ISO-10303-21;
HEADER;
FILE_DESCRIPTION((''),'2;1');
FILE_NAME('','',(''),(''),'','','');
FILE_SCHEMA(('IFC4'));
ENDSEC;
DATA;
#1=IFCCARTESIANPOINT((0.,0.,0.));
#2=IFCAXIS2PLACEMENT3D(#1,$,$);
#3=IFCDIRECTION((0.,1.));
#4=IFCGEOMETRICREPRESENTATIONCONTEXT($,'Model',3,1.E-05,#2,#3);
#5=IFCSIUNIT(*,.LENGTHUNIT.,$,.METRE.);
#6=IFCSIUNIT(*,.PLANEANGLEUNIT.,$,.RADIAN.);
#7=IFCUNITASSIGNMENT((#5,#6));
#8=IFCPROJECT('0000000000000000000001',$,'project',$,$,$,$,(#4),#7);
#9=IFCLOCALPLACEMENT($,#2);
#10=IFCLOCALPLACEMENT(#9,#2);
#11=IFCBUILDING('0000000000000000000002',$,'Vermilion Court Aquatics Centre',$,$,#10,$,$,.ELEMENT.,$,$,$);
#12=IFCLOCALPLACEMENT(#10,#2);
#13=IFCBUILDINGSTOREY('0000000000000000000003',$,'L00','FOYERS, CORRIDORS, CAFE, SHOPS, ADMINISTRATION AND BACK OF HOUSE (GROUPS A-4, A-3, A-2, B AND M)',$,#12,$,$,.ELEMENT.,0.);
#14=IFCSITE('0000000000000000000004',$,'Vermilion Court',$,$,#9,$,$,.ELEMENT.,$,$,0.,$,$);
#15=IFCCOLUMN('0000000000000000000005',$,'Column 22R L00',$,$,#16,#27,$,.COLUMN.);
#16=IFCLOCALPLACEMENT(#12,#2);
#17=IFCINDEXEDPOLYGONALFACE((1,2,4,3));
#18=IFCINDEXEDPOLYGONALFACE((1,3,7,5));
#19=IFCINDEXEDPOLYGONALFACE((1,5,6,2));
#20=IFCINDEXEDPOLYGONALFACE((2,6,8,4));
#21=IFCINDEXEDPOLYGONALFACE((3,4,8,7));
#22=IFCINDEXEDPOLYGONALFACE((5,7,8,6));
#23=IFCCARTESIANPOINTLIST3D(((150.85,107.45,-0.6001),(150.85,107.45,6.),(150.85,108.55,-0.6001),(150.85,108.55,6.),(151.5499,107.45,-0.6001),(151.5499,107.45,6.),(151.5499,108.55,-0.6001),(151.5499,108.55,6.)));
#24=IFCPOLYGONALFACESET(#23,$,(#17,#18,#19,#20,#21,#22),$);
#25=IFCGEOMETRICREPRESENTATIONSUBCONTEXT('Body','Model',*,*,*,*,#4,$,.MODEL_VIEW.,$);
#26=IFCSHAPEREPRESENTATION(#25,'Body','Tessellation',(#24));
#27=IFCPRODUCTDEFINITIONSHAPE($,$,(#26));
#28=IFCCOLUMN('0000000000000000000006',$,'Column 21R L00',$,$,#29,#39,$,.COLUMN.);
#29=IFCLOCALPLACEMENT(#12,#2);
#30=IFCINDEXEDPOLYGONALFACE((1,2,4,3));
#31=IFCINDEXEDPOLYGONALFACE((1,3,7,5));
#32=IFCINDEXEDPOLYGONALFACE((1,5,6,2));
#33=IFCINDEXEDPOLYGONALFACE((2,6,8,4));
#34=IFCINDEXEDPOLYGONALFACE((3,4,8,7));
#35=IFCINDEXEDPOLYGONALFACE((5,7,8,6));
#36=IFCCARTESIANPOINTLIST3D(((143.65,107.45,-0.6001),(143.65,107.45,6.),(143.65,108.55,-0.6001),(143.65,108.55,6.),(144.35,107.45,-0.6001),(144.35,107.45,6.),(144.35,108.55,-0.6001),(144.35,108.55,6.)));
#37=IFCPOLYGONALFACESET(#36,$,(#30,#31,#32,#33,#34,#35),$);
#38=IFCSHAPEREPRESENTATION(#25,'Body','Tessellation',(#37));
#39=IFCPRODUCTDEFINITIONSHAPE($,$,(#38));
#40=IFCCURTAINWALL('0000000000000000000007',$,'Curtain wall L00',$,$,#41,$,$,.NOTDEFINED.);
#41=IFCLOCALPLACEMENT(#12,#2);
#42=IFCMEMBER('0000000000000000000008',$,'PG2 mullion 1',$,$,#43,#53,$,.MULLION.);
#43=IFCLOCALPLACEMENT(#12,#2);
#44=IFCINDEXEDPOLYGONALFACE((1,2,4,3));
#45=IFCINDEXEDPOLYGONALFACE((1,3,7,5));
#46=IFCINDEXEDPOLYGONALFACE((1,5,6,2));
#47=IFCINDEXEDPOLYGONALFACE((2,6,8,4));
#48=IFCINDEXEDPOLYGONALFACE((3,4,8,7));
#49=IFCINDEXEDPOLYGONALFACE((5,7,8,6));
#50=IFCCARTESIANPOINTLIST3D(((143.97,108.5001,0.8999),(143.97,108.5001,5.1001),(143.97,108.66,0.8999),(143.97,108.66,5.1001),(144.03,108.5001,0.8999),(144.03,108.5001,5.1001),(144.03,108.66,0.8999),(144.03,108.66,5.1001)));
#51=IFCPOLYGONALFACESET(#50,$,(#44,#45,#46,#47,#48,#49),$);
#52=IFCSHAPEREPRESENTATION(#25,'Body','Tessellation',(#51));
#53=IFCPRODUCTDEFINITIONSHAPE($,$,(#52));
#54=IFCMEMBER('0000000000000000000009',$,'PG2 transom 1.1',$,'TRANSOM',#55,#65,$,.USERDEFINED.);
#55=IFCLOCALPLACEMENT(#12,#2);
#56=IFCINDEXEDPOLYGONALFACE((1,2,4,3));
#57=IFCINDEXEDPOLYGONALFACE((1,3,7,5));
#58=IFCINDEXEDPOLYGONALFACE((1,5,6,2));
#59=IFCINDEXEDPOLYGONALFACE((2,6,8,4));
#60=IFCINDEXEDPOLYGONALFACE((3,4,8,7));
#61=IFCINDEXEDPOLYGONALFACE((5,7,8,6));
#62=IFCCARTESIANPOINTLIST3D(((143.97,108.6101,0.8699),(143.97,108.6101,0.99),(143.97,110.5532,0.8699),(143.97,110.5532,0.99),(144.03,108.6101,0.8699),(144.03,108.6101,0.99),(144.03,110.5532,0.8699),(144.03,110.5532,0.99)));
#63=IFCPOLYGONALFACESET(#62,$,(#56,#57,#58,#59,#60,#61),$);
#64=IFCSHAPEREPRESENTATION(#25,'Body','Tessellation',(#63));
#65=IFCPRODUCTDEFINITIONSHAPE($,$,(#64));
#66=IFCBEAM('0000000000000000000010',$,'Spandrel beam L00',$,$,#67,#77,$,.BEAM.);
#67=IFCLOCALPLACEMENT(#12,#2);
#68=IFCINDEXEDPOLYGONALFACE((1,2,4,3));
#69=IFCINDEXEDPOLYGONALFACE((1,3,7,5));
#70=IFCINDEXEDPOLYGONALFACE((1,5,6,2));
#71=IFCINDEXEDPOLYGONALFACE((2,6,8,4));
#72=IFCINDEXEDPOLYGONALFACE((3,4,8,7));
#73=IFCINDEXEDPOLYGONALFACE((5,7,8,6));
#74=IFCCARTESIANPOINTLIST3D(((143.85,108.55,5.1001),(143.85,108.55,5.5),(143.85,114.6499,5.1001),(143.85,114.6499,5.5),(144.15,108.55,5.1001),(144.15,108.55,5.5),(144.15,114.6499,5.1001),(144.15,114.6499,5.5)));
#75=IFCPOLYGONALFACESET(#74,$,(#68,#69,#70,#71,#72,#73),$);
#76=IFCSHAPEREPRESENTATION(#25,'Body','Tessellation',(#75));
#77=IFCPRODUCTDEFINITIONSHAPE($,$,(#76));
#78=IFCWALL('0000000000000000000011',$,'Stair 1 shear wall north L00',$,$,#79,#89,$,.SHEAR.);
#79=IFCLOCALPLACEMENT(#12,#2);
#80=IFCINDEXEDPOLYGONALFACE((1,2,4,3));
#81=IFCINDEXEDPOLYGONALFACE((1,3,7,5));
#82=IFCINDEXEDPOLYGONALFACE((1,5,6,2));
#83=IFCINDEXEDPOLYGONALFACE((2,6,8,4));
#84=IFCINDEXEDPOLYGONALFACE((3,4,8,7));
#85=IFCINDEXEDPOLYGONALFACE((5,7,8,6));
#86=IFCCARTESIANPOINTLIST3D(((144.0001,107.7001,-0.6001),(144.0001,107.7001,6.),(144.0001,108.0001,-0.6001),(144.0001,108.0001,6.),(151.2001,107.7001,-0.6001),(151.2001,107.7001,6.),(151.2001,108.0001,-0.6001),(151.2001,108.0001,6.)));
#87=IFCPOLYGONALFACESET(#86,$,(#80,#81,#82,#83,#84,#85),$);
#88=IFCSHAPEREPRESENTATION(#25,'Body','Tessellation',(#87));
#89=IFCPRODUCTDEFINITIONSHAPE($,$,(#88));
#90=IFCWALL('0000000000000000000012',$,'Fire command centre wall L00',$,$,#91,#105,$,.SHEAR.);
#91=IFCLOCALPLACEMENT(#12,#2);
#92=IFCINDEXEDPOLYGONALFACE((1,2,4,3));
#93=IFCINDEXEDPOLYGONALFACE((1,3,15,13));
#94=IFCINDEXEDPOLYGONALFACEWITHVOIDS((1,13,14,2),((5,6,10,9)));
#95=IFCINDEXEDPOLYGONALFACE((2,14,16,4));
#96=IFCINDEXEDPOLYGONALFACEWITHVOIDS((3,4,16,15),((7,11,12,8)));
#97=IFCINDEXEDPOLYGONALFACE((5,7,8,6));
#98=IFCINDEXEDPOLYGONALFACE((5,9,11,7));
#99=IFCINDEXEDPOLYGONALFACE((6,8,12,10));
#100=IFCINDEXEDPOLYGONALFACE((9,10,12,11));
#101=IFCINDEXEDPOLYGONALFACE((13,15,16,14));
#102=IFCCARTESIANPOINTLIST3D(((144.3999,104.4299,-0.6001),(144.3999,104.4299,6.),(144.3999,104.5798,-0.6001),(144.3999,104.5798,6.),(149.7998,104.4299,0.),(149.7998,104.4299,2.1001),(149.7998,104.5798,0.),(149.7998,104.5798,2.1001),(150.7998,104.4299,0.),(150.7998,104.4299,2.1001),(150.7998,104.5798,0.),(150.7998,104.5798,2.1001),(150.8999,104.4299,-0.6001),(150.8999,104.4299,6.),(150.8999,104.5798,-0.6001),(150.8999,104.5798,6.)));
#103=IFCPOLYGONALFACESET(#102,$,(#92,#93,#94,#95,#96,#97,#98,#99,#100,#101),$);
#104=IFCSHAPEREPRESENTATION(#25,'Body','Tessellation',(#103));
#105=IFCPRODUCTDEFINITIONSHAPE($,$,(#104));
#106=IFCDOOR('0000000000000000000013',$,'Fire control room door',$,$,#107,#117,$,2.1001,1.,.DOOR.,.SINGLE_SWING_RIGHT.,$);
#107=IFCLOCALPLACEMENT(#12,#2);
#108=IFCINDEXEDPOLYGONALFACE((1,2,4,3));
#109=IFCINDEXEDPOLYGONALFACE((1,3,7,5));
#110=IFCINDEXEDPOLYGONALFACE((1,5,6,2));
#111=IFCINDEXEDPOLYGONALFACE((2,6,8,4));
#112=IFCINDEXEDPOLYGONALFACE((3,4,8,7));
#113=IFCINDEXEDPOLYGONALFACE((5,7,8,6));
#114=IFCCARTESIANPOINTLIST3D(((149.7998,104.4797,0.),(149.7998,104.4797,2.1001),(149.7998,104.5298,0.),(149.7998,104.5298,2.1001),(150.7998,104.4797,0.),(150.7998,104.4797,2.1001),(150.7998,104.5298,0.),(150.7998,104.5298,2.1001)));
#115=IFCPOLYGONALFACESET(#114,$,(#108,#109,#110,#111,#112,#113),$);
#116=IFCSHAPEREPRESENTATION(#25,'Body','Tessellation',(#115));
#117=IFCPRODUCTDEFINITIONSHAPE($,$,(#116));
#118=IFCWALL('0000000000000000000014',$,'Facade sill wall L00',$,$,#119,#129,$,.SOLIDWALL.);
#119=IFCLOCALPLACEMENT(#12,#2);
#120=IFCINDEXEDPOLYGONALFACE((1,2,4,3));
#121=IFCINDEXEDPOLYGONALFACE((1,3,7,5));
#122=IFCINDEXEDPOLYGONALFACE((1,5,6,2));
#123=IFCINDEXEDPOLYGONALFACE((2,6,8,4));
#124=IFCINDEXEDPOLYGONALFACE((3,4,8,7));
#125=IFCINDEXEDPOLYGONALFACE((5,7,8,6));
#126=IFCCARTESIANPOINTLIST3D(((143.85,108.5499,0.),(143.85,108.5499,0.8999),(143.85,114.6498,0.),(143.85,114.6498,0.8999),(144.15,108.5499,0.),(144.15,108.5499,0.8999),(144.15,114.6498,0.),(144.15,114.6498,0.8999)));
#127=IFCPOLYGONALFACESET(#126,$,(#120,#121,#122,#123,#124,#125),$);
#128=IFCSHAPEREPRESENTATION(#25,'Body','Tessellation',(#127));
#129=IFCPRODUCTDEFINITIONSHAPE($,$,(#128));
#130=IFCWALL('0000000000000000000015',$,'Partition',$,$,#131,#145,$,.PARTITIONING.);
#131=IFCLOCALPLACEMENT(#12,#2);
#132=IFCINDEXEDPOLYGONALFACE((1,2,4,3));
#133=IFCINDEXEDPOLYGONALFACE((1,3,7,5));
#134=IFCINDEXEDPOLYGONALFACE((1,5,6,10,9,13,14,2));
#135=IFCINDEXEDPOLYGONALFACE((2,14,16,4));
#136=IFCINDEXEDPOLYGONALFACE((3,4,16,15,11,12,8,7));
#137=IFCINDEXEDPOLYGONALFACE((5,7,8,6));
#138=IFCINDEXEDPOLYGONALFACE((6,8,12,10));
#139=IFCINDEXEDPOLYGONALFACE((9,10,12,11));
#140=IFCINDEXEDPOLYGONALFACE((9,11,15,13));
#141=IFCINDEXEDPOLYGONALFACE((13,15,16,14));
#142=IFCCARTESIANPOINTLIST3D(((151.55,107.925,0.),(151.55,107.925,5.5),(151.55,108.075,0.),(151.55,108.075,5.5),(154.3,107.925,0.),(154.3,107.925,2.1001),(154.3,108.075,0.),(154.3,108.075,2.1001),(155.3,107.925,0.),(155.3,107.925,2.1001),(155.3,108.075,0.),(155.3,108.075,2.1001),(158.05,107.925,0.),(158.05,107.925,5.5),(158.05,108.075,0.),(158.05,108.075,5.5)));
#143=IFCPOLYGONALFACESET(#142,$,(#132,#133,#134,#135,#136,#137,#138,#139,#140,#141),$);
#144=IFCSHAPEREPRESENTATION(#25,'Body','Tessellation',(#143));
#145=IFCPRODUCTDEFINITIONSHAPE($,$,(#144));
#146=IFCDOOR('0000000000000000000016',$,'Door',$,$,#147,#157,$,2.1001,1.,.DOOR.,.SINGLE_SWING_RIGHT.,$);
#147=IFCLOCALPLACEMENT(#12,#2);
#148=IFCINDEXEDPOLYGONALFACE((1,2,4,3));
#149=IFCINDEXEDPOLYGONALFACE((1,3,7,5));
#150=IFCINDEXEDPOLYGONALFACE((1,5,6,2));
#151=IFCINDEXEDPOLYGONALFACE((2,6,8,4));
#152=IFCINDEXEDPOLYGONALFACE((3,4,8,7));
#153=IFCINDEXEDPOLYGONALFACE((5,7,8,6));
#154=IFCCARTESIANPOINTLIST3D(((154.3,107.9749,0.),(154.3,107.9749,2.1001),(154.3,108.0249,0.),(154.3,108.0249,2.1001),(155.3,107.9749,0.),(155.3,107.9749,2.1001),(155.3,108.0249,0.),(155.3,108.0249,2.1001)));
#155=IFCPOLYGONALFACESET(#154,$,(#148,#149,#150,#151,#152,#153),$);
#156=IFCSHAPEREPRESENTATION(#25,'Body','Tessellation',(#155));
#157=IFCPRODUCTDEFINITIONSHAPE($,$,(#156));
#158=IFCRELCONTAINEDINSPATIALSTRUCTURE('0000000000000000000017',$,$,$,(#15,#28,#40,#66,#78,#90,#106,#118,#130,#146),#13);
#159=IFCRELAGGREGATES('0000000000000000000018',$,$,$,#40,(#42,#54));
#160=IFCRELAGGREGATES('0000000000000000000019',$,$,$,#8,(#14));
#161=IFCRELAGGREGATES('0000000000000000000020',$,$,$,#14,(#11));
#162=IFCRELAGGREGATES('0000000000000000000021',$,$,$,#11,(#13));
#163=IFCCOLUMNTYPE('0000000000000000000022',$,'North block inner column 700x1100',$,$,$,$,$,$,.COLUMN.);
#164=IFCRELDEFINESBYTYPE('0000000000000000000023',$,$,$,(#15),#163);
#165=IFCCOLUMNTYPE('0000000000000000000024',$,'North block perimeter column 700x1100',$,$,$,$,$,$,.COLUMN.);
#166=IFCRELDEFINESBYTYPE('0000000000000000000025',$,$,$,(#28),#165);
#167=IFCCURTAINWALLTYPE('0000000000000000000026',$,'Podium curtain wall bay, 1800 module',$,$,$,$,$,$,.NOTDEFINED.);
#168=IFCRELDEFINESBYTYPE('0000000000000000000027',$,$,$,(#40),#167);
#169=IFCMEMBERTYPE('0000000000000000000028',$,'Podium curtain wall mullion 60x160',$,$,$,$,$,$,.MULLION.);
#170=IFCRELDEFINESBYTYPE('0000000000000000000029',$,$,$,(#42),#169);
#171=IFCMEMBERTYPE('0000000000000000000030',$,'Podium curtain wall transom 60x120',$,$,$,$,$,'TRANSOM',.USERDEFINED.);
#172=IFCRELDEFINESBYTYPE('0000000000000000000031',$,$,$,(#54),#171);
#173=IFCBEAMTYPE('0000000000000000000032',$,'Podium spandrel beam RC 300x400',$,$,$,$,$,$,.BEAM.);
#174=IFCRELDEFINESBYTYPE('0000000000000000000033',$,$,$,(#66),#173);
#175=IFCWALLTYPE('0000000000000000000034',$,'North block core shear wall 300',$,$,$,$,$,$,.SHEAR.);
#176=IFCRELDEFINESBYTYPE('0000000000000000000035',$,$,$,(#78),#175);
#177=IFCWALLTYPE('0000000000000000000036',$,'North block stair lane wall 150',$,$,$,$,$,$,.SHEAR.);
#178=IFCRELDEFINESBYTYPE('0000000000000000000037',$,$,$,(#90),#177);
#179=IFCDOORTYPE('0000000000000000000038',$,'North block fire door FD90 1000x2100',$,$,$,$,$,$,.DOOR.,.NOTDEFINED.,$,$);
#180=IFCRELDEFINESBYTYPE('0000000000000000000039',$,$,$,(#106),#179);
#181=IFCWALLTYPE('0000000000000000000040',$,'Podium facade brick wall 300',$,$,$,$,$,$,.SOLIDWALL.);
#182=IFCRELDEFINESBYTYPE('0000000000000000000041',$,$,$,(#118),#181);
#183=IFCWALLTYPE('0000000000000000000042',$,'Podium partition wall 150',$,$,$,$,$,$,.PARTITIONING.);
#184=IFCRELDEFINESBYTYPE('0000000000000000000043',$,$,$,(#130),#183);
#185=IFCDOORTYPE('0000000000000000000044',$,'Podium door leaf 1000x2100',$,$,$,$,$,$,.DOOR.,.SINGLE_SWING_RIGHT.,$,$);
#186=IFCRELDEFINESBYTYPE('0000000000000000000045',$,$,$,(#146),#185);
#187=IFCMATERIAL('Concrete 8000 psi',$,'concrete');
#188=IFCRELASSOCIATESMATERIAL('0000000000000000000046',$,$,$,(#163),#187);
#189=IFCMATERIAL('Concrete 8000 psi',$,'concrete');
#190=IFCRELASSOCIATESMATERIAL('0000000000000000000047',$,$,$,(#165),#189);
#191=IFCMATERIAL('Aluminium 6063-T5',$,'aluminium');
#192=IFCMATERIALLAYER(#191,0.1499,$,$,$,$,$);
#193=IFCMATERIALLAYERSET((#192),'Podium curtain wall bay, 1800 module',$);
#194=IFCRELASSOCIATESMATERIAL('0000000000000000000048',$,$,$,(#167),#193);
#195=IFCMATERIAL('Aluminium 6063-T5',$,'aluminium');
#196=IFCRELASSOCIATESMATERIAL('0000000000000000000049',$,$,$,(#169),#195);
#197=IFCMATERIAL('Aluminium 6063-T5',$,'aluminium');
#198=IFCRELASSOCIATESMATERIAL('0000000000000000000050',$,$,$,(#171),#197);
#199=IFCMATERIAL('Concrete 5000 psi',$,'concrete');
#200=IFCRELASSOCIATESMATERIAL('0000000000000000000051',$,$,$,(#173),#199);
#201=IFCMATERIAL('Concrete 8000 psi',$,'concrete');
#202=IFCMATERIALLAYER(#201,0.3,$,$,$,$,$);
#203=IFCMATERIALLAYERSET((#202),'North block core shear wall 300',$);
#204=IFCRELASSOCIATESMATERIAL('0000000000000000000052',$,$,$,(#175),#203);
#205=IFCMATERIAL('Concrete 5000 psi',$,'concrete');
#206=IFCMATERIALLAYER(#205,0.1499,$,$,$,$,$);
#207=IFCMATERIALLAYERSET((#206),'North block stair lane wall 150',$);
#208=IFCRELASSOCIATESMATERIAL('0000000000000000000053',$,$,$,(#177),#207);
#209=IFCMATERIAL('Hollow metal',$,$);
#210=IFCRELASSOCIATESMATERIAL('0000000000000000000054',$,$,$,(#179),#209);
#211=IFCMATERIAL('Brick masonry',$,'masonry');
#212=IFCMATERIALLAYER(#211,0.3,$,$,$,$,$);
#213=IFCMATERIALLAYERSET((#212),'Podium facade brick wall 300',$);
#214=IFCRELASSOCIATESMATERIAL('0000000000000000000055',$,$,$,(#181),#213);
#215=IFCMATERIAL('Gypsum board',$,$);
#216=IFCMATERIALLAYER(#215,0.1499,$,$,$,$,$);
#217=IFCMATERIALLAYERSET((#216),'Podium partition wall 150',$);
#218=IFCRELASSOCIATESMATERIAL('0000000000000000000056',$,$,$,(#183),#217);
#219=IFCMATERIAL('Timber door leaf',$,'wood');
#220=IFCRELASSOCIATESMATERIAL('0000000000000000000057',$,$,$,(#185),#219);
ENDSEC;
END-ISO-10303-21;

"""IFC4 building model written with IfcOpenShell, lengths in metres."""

from ifc_helpers import new_model, si_unit, direction, frame, frame_2d, origin, origin_2d, place, context, subcontext, project, spatial, rectangle, extrude, material, layer, layer_set, material_profile, profile_set, type_object, element, fill, aggregate, save


model = new_model("IFC4")

# Units and contexts
model_context = context("Model", 3, precision=1e-05, world=origin(), true_north=direction((0.0, 1.0)))
body_context = subcontext(model_context, "Body", "Model", "MODEL_VIEW")
ifc_project = project(units=[si_unit("LENGTHUNIT", "METRE"), si_unit("PLANEANGLEUNIT", "RADIAN")], contexts=[model_context])

# Site, building, storey
site_placement = place(None, origin())
site = spatial("IfcSite", under=ifc_project, at=site_placement, Name="Vermilion Court", CompositionType="ELEMENT", RefElevation=0.0)
building_placement = place(site_placement, origin())
building = spatial("IfcBuilding", under=site, at=building_placement, Name="Vermilion Court Aquatics Centre", CompositionType="ELEMENT")
storey_placement = place(building_placement, origin())
storey = spatial("IfcBuildingStorey", under=building, at=storey_placement, Name="L00", Description="FOYERS, CORRIDORS, CAFE, SHOPS, ADMINISTRATION AND BACK OF HOUSE (GROUPS A-4, A-3, A-2, B AND M)", CompositionType="ELEMENT", Elevation=0.0)

# Columns
ifc_material_1 = material(Name="Concrete 8000 psi", Category="concrete")
ifc_material_profile_1 = material_profile(ifc_material_1, rectangle(XDim=0.7, YDim=1.1001, at=origin_2d()), Name="RC 700x1100")
ifc_profile_set_1 = profile_set([ifc_material_profile_1], Name="Concrete 8000 psi")
column_type_1 = type_object("IfcColumnType", Name="North block inner column 700x1100", PredefinedType="COLUMN", material=ifc_profile_set_1)
column_1_placement = place(storey_placement, frame((151.2, 108.0, -0.6001), z_axis=(0.0, 0.0, 1.0), x_axis=(1.0, 0.0, 0.0)))
element("IfcColumn", 1, at=column_1_placement, inside=storey, type_object=column_type_1, Name="Column 22R L00", PredefinedType="COLUMN", context=body_context, shape_type="SweptSolid", body=[
    extrude(rectangle(XDim=0.7, YDim=1.1001, at=origin_2d()), origin(), (0.0, 0.0, 1.0), 6.6001),
])
ifc_material_2 = material(Name="Concrete 8000 psi", Category="concrete")
ifc_material_profile_2 = material_profile(ifc_material_2, rectangle(XDim=0.7, YDim=1.1001, at=origin_2d()), Name="RC 700x1100")
ifc_profile_set_2 = profile_set([ifc_material_profile_2], Name="Concrete 8000 psi")
column_type_2 = type_object("IfcColumnType", Name="North block perimeter column 700x1100", PredefinedType="COLUMN", material=ifc_profile_set_2)
column_2_placement = place(storey_placement, frame((144.0, 108.0, -0.6001), z_axis=(0.0, 0.0, 1.0), x_axis=(1.0, 0.0, 0.0)))
element("IfcColumn", 2, at=column_2_placement, inside=storey, type_object=column_type_2, Name="Column 21R L00", PredefinedType="COLUMN", context=body_context, shape_type="SweptSolid", body=[
    extrude(rectangle(XDim=0.7, YDim=1.1001, at=origin_2d()), origin(), (0.0, 0.0, 1.0), 6.6001),
])

# Curtain wall, members
ifc_material_3 = material(Name="Aluminium 6063-T5", Category="aluminium")
ifc_layer_1 = layer(ifc_material_3, 0.1499)
ifc_layer_set_1 = layer_set([ifc_layer_1], Name="Podium curtain wall bay, 1800 module")
curtain_wall_type = type_object("IfcCurtainWallType", Name="Podium curtain wall bay, 1800 module", PredefinedType="NOTDEFINED", material=ifc_layer_set_1)
curtain_wall_placement = place(storey_placement, origin())
curtain_wall = element("IfcCurtainWall", 3, at=curtain_wall_placement, inside=storey, type_object=curtain_wall_type, Name="Curtain wall L00", PredefinedType="NOTDEFINED")
ifc_material_4 = material(Name="Aluminium 6063-T5", Category="aluminium")
ifc_material_profile_3 = material_profile(ifc_material_4, rectangle(XDim=0.0601, YDim=0.1599, at=origin_2d()), Name="Mullion 60x160")
ifc_profile_set_3 = profile_set([ifc_material_profile_3], Name="Aluminium 6063-T5")
member_type_1 = type_object("IfcMemberType", Name="Podium curtain wall mullion 60x160", PredefinedType="MULLION", material=ifc_profile_set_3)
member_1_placement = place(storey_placement, frame((144.0, 108.5801, 0.8999), z_axis=(0.0, 0.0, 1.0), x_axis=(-1.0, 0.0, 0.0)))
member_1 = element("IfcMember", 4, at=member_1_placement, type_object=member_type_1, Name="PG2 mullion 1", PredefinedType="MULLION", context=body_context, shape_type="SweptSolid", body=[
    extrude(rectangle(XDim=0.0601, YDim=0.1599, at=origin_2d()), origin(), (0.0, 0.0, 1.0), 4.2002),
])
ifc_material_5 = material(Name="Aluminium 6063-T5", Category="aluminium")
ifc_material_profile_4 = material_profile(ifc_material_5, rectangle(XDim=0.0601, YDim=0.1201, at=origin_2d()), Name="Transom 60x120")
ifc_profile_set_4 = profile_set([ifc_material_profile_4], Name="Aluminium 6063-T5")
member_type_2 = type_object("IfcMemberType", Name="Podium curtain wall transom 60x120", ElementType="TRANSOM", PredefinedType="USERDEFINED", material=ifc_profile_set_4)
member_2_placement = place(storey_placement, frame((144.0, 108.6101, 0.9299), z_axis=(0.0, 1.0, 0.0), x_axis=(-1.0, 0.0, 0.0)))
member_2 = element("IfcMember", 5, at=member_2_placement, type_object=member_type_2, Name="PG2 transom 1.1", ObjectType="TRANSOM", PredefinedType="USERDEFINED", context=body_context, shape_type="SweptSolid", body=[
    extrude(rectangle(XDim=0.0601, YDim=0.1201, at=origin_2d()), origin(), (0.0, 0.0, 1.0), 1.9431),
])
aggregate(curtain_wall, [member_1, member_2])

# Beam
ifc_material_6 = material(Name="Concrete 5000 psi", Category="concrete")
ifc_material_profile_5 = material_profile(ifc_material_6, rectangle(XDim=0.3, YDim=0.3999, at=origin_2d()), Name="RC 300x400")
ifc_profile_set_5 = profile_set([ifc_material_profile_5], Name="Concrete 5000 psi")
beam_type = type_object("IfcBeamType", Name="Podium spandrel beam RC 300x400", PredefinedType="BEAM", material=ifc_profile_set_5)
beam_placement = place(storey_placement, frame((144.0, 108.55, 5.3), z_axis=(0.0, 1.0, 0.0), x_axis=(-1.0, 0.0, 0.0)))
element("IfcBeam", 6, at=beam_placement, inside=storey, type_object=beam_type, Name="Spandrel beam L00", PredefinedType="BEAM", context=body_context, shape_type="SweptSolid", body=[
    extrude(rectangle(XDim=0.3, YDim=0.3999, at=origin_2d()), origin(), (0.0, 0.0, 1.0), 6.0999),
])

# Wall
ifc_material_7 = material(Name="Concrete 8000 psi", Category="concrete")
ifc_layer_2 = layer(ifc_material_7, 0.3)
ifc_layer_set_2 = layer_set([ifc_layer_2], Name="North block core shear wall 300")
wall_type_1 = type_object("IfcWallType", Name="North block core shear wall 300", PredefinedType="SHEAR", material=ifc_layer_set_2)
wall_1_placement = place(storey_placement, frame((144.0, 107.8501, -0.6001), z_axis=(0.0, 0.0, 1.0), x_axis=(1.0, 0.0, 0.0)))
element("IfcWall", 7, at=wall_1_placement, inside=storey, type_object=wall_type_1, Name="Stair 1 shear wall north L00", PredefinedType="SHEAR", context=body_context, shape_type="SweptSolid", body=[
    extrude(rectangle(XDim=7.2, YDim=0.3, at=frame_2d((3.6001, 0.0))), origin(), (0.0, 0.0, 1.0), 6.6001),
])

# Wall, opening, door
ifc_material_8 = material(Name="Concrete 5000 psi", Category="concrete")
ifc_layer_3 = layer(ifc_material_8, 0.1499)
ifc_layer_set_3 = layer_set([ifc_layer_3], Name="North block stair lane wall 150")
wall_type_2 = type_object("IfcWallType", Name="North block stair lane wall 150", PredefinedType="SHEAR", material=ifc_layer_set_3)
wall_2_placement = place(storey_placement, frame((144.3999, 104.5049, -0.6001), z_axis=(0.0, 0.0, 1.0), x_axis=(1.0, 0.0, 0.0)))
wall_2 = element("IfcWall", 8, at=wall_2_placement, inside=storey, type_object=wall_type_2, Name="Fire command centre wall L00", PredefinedType="SHEAR", context=body_context, shape_type="SweptSolid", body=[
    extrude(rectangle(XDim=6.5, YDim=0.1499, at=frame_2d((3.25, 0.0))), origin(), (0.0, 0.0, 1.0), 6.6001),
])
opening_1_placement = place(wall_2_placement, frame((5.3999, 0.0, 0.6001)))
opening_1 = element("IfcOpeningElement", 9, at=opening_1_placement, cuts=wall_2, PredefinedType="OPENING", context=body_context, shape_type="SweptSolid", body=[
    extrude(rectangle(XDim=1.0, YDim=2.1001, at=frame_2d((0.5, 1.05))), frame((0.0, 0.085, 0.0), z_axis=(0.0, -1.0, 0.0), x_axis=(1.0, 0.0, 0.0)), (0.0, 0.0, 1.0), 0.1699),
])
ifc_material_9 = material(Name="Hollow metal")
door_type_1 = type_object("IfcDoorType", Name="North block fire door FD90 1000x2100", OperationType="NOTDEFINED", PredefinedType="DOOR", material=ifc_material_9)
door_1_placement = place(opening_1_placement, origin())
door_1 = element("IfcDoor", 10, at=door_1_placement, inside=storey, type_object=door_type_1, Name="Fire control room door", OperationType="SINGLE_SWING_RIGHT", OverallHeight=2.1001, OverallWidth=1.0, PredefinedType="DOOR", context=body_context, shape_type="SweptSolid", body=[
    extrude(rectangle(XDim=1.0, YDim=2.1001, at=frame_2d((0.5, 1.05))), frame((0.0, 0.0249, 0.0), z_axis=(0.0, -1.0, 0.0), x_axis=(1.0, 0.0, 0.0)), (0.0, 0.0, 1.0), 0.05),
])
fill(opening_1, door_1)

# Wall
ifc_material_10 = material(Name="Brick masonry", Category="masonry")
ifc_layer_4 = layer(ifc_material_10, 0.3)
ifc_layer_set_4 = layer_set([ifc_layer_4], Name="Podium facade brick wall 300")
wall_type_3 = type_object("IfcWallType", Name="Podium facade brick wall 300", PredefinedType="SOLIDWALL", material=ifc_layer_set_4)
wall_3_placement = place(storey_placement, frame((144.0, 108.55, 0.0), z_axis=(0.0, 0.0, 1.0), x_axis=(0.0, 1.0, 0.0)))
element("IfcWall", 11, at=wall_3_placement, inside=storey, type_object=wall_type_3, Name="Facade sill wall L00", PredefinedType="SOLIDWALL", context=body_context, shape_type="SweptSolid", body=[
    extrude(rectangle(XDim=6.0999, YDim=0.3, at=frame_2d((3.0498, 0.0))), origin(), (0.0, 0.0, 1.0), 0.8999),
])

# Wall, opening, door
ifc_material_11 = material(Name="Gypsum board")
ifc_layer_5 = layer(ifc_material_11, 0.1499)
ifc_layer_set_5 = layer_set([ifc_layer_5], Name="Podium partition wall 150")
wall_type_4 = type_object("IfcWallType", Name="Podium partition wall 150", PredefinedType="PARTITIONING", material=ifc_layer_set_5)
wall_4_placement = place(storey_placement, frame((151.55, 108.0, 0.0), z_axis=(0.0, 0.0, 1.0), x_axis=(1.0, 0.0, 0.0)))
wall_4 = element("IfcWall", 12, at=wall_4_placement, inside=storey, type_object=wall_type_4, Name="Partition", PredefinedType="PARTITIONING", context=body_context, shape_type="SweptSolid", body=[
    extrude(rectangle(XDim=6.5, YDim=0.1499, at=frame_2d((3.25, 0.0))), origin(), (0.0, 0.0, 1.0), 5.5),
])
opening_2_placement = place(wall_4_placement, frame((2.75, 0.0, 0.0)))
opening_2 = element("IfcOpeningElement", 13, at=opening_2_placement, cuts=wall_4, PredefinedType="OPENING", context=body_context, shape_type="SweptSolid", body=[
    extrude(rectangle(XDim=1.0, YDim=2.1001, at=frame_2d((0.5, 1.05))), frame((0.0, 0.085, 0.0), z_axis=(0.0, -1.0, 0.0), x_axis=(1.0, 0.0, 0.0)), (0.0, 0.0, 1.0), 0.1699),
])
ifc_material_12 = material(Name="Timber door leaf", Category="wood")
door_type_2 = type_object("IfcDoorType", Name="Podium door leaf 1000x2100", OperationType="SINGLE_SWING_RIGHT", PredefinedType="DOOR", material=ifc_material_12)
door_2_placement = place(opening_2_placement, frame((1.0, 0.0, 0.0), z_axis=(0.0, 0.0, 1.0), x_axis=(-1.0, 0.0, 0.0)))
door_2 = element("IfcDoor", 14, at=door_2_placement, inside=storey, type_object=door_type_2, Name="Door", OperationType="SINGLE_SWING_RIGHT", OverallHeight=2.1001, OverallWidth=1.0, PredefinedType="DOOR", context=body_context, shape_type="SweptSolid", body=[
    extrude(rectangle(XDim=1.0, YDim=2.1001, at=frame_2d((0.5, 1.05))), frame((0.0, 0.0251, 0.0), z_axis=(0.0, -1.0, 0.0), x_axis=(1.0, 0.0, 0.0)), (0.0, 0.0, 1.0), 0.05),
])
fill(opening_2, door_2)

save(model, "model.ifc")
